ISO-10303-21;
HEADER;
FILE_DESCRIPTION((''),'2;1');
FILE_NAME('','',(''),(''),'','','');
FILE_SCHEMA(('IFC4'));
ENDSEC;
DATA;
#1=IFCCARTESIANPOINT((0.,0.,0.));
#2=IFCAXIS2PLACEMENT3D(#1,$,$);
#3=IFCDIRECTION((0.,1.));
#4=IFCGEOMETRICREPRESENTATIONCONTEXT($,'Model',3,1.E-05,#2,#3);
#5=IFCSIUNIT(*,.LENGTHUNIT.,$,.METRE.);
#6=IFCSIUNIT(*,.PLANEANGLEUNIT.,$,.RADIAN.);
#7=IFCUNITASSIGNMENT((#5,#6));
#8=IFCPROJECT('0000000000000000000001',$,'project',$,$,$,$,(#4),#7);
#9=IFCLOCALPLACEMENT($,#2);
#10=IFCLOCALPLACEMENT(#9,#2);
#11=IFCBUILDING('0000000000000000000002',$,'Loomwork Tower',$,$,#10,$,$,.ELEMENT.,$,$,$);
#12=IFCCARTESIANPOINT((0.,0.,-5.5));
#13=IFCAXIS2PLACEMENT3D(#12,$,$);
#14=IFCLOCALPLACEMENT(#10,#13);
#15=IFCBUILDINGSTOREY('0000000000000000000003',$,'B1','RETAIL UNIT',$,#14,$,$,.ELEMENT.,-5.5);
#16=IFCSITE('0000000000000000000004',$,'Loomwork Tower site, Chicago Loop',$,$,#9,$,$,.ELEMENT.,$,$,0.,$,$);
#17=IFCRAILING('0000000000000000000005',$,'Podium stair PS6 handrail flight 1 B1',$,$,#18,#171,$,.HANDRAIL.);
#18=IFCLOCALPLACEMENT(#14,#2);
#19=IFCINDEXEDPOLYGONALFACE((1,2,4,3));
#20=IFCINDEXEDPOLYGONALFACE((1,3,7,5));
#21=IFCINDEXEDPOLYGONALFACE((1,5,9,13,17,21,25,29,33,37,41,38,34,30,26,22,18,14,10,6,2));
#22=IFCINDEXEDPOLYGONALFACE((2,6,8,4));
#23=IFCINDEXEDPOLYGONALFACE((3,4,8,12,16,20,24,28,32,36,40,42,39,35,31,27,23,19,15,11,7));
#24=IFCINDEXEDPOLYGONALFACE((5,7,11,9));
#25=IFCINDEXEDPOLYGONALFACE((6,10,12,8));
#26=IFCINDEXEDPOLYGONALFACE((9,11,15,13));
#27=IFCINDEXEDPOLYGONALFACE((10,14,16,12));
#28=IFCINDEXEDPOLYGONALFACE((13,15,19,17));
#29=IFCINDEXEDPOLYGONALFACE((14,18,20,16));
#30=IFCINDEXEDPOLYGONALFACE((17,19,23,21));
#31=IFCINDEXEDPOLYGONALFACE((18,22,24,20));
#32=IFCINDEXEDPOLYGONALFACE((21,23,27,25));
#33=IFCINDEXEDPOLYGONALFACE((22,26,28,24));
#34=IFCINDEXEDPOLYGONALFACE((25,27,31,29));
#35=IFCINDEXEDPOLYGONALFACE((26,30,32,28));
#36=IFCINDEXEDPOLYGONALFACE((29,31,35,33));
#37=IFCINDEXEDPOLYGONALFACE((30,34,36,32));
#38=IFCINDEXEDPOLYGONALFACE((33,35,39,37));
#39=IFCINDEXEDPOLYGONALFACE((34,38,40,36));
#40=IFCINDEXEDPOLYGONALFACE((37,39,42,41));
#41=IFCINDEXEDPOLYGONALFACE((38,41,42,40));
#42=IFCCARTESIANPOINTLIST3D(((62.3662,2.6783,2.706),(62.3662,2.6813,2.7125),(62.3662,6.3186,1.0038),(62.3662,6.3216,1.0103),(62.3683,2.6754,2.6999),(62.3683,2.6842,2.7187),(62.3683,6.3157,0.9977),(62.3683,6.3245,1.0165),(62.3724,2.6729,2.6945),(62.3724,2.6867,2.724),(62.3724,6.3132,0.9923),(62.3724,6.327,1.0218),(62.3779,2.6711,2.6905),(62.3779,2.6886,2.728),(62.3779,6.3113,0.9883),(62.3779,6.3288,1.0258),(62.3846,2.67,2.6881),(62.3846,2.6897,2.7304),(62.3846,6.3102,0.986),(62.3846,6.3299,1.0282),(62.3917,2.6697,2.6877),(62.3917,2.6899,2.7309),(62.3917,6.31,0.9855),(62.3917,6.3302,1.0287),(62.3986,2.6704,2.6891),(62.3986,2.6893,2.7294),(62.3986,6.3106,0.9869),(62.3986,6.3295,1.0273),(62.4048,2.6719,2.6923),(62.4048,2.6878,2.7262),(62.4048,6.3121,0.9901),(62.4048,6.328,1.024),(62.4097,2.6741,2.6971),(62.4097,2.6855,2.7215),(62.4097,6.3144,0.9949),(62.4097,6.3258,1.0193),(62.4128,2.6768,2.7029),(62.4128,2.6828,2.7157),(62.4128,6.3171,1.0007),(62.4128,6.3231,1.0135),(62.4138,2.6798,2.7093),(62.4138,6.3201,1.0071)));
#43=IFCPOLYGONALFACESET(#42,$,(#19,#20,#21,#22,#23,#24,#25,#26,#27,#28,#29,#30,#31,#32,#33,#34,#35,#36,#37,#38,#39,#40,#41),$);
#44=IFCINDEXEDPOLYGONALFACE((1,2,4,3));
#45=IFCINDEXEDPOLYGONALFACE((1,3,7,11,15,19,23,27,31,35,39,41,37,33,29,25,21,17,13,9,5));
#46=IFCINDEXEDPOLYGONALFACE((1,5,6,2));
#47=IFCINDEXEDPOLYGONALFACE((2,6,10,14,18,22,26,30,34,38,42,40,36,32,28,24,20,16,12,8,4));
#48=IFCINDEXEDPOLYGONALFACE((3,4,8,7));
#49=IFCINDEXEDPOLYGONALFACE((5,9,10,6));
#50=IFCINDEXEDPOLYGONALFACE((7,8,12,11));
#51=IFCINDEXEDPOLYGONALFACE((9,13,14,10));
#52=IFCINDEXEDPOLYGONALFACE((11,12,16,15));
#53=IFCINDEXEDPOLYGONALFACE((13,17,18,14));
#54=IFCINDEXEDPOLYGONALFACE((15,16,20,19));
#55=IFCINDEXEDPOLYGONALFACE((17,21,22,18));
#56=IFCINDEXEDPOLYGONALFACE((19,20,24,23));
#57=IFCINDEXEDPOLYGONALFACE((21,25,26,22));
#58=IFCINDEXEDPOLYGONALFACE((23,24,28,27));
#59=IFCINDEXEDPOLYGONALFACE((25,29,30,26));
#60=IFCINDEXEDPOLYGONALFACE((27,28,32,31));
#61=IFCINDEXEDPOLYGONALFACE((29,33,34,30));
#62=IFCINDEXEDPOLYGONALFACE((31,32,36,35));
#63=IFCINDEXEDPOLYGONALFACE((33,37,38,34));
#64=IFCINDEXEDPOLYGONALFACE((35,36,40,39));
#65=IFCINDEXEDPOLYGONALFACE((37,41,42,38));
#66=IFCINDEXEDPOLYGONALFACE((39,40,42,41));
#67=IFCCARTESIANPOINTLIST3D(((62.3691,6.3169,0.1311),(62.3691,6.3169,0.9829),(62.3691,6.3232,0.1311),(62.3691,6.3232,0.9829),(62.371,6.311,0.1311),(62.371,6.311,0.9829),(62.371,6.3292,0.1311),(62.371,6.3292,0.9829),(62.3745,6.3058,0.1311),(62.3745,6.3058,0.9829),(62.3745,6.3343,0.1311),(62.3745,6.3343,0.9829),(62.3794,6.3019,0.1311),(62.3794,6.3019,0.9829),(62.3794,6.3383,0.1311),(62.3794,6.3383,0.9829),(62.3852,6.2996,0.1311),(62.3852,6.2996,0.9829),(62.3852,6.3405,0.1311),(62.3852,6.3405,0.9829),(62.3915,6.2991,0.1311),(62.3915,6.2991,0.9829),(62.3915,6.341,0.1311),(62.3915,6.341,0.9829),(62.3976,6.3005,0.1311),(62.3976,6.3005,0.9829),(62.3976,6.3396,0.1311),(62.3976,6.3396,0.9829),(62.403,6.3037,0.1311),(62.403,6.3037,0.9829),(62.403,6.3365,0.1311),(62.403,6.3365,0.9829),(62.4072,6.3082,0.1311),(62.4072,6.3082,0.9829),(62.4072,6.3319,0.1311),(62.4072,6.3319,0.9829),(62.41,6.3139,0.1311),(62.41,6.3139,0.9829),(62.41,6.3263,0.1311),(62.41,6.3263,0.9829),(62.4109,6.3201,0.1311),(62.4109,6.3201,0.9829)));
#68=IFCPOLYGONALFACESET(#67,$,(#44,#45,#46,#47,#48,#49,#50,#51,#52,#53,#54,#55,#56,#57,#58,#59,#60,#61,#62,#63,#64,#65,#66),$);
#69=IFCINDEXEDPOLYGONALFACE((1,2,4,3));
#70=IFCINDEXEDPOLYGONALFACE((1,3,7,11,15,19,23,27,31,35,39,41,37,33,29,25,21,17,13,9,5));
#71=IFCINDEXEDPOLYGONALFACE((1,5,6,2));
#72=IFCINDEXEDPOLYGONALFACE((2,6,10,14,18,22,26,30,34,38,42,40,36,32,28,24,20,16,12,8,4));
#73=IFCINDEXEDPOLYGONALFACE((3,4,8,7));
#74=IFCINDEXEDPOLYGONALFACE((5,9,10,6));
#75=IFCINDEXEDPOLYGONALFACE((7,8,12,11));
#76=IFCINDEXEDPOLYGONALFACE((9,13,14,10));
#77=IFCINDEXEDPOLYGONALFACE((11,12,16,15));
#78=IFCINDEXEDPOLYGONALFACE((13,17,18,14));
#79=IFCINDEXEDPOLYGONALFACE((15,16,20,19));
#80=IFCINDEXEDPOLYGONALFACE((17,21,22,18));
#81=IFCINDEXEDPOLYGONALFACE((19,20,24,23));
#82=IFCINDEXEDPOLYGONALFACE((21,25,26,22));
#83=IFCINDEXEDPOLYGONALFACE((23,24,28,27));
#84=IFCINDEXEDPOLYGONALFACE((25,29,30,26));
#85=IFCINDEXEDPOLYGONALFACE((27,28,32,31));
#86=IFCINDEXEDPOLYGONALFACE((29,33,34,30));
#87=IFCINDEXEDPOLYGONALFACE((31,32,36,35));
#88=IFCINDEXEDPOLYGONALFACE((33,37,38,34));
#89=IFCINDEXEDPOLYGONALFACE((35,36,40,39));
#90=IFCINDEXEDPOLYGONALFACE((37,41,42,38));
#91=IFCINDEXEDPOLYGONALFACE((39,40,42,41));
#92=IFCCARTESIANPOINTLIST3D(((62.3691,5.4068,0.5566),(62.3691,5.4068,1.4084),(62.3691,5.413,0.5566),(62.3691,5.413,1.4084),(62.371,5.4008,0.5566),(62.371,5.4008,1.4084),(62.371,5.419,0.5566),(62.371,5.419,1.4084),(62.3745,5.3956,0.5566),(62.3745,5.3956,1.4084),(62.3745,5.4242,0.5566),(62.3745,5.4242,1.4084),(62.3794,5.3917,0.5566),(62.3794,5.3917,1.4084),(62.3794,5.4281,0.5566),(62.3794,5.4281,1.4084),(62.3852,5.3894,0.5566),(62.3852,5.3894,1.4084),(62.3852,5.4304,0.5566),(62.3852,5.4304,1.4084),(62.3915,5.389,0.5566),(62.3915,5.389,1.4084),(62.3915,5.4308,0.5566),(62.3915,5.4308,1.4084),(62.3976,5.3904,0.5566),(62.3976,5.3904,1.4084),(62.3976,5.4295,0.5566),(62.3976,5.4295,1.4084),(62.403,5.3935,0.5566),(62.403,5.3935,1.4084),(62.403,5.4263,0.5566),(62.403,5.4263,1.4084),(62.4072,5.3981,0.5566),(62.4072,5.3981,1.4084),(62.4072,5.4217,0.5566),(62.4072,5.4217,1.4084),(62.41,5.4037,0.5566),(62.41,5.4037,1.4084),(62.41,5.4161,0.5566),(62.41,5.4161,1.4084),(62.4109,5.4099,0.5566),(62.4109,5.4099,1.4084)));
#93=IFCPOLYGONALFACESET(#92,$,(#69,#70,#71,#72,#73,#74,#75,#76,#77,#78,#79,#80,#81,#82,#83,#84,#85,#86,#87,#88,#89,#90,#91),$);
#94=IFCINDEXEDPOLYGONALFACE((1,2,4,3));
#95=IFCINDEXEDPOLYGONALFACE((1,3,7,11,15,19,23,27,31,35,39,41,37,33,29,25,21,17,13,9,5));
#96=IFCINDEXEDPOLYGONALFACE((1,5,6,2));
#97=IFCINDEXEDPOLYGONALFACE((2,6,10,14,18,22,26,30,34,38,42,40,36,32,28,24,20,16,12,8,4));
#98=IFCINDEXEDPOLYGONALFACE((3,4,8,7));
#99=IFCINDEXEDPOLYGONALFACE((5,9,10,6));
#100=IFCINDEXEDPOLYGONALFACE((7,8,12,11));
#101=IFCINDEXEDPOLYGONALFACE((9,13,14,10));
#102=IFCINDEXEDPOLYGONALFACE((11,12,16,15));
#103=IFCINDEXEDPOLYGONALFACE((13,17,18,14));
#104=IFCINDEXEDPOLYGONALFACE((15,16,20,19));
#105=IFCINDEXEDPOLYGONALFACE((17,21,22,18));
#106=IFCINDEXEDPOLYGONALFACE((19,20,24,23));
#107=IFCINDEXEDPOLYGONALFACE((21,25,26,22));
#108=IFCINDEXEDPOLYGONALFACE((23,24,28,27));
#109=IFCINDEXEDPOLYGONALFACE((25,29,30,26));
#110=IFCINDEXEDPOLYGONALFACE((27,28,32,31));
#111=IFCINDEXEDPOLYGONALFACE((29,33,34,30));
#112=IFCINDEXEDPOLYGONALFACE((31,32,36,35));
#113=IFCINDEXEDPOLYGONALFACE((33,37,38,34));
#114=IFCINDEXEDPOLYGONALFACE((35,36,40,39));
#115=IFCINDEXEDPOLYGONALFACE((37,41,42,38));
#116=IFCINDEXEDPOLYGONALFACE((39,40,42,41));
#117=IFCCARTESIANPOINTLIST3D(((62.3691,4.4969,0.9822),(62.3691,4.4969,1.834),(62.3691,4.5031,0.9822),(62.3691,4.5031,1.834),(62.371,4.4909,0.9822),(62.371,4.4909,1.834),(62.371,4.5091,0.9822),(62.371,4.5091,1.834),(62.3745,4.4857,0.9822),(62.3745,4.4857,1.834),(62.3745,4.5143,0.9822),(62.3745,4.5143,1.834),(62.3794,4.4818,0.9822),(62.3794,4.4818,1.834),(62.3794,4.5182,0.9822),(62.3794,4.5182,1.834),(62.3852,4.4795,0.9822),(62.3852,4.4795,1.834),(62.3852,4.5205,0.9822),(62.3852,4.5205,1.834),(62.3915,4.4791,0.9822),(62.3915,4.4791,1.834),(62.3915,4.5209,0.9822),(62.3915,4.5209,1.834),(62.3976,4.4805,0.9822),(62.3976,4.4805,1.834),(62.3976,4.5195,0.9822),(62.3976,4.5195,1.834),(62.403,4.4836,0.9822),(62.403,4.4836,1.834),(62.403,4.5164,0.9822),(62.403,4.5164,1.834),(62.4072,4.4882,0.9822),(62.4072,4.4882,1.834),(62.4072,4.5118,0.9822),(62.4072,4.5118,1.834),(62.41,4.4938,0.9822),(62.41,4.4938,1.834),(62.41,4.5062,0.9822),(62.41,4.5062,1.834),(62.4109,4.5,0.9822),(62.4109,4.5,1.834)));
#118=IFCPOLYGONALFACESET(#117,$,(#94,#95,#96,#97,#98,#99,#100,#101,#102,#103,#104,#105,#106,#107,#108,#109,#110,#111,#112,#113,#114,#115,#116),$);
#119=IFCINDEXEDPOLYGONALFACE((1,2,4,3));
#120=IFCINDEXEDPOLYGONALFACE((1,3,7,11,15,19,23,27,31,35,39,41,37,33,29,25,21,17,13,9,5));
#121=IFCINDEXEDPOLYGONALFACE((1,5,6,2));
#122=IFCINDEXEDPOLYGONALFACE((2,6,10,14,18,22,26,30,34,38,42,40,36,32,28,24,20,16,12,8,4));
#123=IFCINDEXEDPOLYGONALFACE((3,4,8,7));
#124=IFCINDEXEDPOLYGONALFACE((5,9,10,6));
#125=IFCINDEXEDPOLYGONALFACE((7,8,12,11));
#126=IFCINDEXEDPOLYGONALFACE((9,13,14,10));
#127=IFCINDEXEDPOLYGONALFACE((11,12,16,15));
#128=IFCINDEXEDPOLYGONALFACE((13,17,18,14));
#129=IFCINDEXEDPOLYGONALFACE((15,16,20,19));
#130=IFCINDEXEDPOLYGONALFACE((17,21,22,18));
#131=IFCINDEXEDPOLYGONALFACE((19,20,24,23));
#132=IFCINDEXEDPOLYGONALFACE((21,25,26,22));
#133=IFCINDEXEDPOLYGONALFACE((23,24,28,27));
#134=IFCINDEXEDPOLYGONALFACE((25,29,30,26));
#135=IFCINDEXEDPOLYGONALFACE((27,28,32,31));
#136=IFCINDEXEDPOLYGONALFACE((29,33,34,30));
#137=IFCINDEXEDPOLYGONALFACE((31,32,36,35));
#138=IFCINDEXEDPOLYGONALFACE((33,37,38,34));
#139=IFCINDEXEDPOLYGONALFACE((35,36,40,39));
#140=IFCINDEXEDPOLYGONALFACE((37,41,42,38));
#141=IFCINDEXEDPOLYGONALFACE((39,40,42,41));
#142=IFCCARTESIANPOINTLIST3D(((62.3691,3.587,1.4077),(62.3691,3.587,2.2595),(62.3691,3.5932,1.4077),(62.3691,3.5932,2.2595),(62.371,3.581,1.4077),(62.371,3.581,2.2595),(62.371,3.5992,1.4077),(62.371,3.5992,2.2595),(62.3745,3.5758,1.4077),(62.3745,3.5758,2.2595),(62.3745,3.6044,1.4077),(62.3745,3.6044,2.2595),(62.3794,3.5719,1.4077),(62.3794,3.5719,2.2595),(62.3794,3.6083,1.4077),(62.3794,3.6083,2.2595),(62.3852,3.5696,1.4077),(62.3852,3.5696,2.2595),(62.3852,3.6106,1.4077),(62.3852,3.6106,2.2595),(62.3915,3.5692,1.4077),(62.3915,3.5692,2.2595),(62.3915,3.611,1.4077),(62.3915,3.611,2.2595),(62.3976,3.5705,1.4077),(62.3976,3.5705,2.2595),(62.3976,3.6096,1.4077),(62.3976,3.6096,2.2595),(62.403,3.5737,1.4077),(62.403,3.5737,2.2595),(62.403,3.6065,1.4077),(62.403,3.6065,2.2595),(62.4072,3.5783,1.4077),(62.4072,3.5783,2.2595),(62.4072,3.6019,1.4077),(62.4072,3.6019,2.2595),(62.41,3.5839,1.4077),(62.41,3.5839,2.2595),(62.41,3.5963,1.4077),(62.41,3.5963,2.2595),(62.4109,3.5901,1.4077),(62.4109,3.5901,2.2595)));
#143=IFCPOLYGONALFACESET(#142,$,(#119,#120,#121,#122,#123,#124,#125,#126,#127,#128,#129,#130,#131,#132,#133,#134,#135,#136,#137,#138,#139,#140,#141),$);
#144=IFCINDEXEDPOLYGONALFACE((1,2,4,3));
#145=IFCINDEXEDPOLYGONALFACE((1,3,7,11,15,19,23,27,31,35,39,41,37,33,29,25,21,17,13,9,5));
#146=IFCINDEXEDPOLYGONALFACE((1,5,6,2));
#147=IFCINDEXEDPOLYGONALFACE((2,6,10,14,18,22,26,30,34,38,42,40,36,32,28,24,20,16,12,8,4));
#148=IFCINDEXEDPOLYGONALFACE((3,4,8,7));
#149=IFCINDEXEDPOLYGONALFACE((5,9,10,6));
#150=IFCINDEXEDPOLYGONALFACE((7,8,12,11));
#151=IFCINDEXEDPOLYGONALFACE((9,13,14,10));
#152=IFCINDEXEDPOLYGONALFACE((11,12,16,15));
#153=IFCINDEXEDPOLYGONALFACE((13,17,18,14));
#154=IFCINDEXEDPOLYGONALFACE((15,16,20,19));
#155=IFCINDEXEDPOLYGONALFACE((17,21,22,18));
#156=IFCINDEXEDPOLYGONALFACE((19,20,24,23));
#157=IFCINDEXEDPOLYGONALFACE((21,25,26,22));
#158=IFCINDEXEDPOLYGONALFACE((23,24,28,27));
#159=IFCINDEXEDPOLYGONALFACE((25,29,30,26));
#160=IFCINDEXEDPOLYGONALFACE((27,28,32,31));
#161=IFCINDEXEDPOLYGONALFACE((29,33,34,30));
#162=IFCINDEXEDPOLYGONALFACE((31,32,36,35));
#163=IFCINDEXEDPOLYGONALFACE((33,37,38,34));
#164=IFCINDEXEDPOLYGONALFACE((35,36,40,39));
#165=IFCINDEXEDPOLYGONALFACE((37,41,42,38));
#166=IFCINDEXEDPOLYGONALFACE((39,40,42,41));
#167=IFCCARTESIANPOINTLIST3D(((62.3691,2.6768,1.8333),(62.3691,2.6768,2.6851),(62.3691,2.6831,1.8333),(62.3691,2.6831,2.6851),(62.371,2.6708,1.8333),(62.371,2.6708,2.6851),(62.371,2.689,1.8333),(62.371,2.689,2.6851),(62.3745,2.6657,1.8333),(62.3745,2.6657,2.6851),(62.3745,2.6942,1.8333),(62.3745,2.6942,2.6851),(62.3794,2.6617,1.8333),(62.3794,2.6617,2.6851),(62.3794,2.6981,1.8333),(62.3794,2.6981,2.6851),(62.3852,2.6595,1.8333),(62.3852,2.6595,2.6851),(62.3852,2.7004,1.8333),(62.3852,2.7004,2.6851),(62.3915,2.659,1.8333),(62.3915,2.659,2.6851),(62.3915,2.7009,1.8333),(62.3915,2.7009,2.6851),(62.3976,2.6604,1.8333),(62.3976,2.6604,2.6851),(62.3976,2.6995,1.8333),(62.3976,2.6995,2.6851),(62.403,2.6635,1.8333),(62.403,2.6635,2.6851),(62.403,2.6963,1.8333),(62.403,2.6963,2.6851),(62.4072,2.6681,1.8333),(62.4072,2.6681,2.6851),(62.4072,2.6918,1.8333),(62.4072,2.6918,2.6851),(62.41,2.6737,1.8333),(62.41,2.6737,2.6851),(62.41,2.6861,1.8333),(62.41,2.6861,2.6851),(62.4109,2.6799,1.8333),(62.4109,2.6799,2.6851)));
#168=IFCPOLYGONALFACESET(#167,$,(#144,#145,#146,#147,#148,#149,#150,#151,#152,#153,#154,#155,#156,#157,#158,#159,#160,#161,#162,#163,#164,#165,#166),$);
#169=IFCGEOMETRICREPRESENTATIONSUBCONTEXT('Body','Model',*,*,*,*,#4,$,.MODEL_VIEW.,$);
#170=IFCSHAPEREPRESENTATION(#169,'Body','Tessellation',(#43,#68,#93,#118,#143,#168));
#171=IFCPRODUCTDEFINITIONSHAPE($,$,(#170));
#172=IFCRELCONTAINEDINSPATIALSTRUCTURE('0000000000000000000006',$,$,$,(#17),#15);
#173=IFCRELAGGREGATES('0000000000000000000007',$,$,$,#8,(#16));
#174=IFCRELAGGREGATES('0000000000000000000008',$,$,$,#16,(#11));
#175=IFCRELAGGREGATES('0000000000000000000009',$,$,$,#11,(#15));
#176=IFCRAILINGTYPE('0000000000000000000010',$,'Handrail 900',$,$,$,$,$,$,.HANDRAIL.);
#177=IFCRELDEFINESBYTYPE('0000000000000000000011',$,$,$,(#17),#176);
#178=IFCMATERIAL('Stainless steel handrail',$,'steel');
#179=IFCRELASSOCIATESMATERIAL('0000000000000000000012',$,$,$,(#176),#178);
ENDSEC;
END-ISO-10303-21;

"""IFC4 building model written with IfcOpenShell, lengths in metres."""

from ifc_helpers import new_model, si_unit, direction, frame, origin, origin_2d, place, context, subcontext, project, spatial, circle, extrude, material, type_object, element, save


model = new_model("IFC4")

# Units and contexts
model_context = context("Model", 3, precision=1e-05, world=origin(), true_north=direction((0.0, 1.0)))
body_context = subcontext(model_context, "Body", "Model", "MODEL_VIEW")
ifc_project = project(units=[si_unit("LENGTHUNIT", "METRE"), si_unit("PLANEANGLEUNIT", "RADIAN")], contexts=[model_context])

# Site, building, storey
site_placement = place(None, origin())
site = spatial("IfcSite", under=ifc_project, at=site_placement, Name="Loomwork Tower site, Chicago Loop", CompositionType="ELEMENT", RefElevation=0.0)
building_placement = place(site_placement, origin())
building = spatial("IfcBuilding", under=site, at=building_placement, Name="Loomwork Tower", CompositionType="ELEMENT")
storey_placement = place(building_placement, frame((0.0, 0.0, -5.5)))
storey = spatial("IfcBuildingStorey", under=building, at=storey_placement, Name="B1", Description="RETAIL UNIT", CompositionType="ELEMENT", Elevation=-5.5)

# Railing
ifc_material_1 = material(Name="Stainless steel handrail", Category="steel")
railing_type = type_object("IfcRailingType", Name="Handrail 900", PredefinedType="HANDRAIL", material=ifc_material_1)
railing_1_placement = place(storey_placement, frame((62.3899, 6.3201, 0.1311)))
element("IfcRailing", 1, at=railing_1_placement, inside=storey, type_object=railing_type, Name="Podium stair PS6 handrail flight 1 B1", PredefinedType="HANDRAIL", context=body_context, shape_type="SweptSolid", body=[
    extrude(circle(Radius=0.0239, at=origin_2d()), frame((0.0, 0.0, 0.876), z_axis=(0.0, -0.905857, 0.423584), x_axis=(1.0, 0.0, 0.0)), (0.0, 0.0, 1.0), 4.0186),
    extrude(circle(Radius=0.021, at=origin_2d()), origin(), (0.0, 0.0, 1.0), 0.8518),
    extrude(circle(Radius=0.021, at=origin_2d()), frame((0.0, -0.9102, 0.4255)), (0.0, 0.0, 1.0), 0.8518),
    extrude(circle(Radius=0.021, at=origin_2d()), frame((0.0, -1.8201, 0.8511)), (0.0, 0.0, 1.0), 0.8518),
    extrude(circle(Radius=0.021, at=origin_2d()), frame((0.0, -2.73, 1.2766)), (0.0, 0.0, 1.0), 0.8518),
    extrude(circle(Radius=0.021, at=origin_2d()), frame((0.0, -3.6401, 1.7021)), (0.0, 0.0, 1.0), 0.8518),
])

save(model, "model.ifc")
